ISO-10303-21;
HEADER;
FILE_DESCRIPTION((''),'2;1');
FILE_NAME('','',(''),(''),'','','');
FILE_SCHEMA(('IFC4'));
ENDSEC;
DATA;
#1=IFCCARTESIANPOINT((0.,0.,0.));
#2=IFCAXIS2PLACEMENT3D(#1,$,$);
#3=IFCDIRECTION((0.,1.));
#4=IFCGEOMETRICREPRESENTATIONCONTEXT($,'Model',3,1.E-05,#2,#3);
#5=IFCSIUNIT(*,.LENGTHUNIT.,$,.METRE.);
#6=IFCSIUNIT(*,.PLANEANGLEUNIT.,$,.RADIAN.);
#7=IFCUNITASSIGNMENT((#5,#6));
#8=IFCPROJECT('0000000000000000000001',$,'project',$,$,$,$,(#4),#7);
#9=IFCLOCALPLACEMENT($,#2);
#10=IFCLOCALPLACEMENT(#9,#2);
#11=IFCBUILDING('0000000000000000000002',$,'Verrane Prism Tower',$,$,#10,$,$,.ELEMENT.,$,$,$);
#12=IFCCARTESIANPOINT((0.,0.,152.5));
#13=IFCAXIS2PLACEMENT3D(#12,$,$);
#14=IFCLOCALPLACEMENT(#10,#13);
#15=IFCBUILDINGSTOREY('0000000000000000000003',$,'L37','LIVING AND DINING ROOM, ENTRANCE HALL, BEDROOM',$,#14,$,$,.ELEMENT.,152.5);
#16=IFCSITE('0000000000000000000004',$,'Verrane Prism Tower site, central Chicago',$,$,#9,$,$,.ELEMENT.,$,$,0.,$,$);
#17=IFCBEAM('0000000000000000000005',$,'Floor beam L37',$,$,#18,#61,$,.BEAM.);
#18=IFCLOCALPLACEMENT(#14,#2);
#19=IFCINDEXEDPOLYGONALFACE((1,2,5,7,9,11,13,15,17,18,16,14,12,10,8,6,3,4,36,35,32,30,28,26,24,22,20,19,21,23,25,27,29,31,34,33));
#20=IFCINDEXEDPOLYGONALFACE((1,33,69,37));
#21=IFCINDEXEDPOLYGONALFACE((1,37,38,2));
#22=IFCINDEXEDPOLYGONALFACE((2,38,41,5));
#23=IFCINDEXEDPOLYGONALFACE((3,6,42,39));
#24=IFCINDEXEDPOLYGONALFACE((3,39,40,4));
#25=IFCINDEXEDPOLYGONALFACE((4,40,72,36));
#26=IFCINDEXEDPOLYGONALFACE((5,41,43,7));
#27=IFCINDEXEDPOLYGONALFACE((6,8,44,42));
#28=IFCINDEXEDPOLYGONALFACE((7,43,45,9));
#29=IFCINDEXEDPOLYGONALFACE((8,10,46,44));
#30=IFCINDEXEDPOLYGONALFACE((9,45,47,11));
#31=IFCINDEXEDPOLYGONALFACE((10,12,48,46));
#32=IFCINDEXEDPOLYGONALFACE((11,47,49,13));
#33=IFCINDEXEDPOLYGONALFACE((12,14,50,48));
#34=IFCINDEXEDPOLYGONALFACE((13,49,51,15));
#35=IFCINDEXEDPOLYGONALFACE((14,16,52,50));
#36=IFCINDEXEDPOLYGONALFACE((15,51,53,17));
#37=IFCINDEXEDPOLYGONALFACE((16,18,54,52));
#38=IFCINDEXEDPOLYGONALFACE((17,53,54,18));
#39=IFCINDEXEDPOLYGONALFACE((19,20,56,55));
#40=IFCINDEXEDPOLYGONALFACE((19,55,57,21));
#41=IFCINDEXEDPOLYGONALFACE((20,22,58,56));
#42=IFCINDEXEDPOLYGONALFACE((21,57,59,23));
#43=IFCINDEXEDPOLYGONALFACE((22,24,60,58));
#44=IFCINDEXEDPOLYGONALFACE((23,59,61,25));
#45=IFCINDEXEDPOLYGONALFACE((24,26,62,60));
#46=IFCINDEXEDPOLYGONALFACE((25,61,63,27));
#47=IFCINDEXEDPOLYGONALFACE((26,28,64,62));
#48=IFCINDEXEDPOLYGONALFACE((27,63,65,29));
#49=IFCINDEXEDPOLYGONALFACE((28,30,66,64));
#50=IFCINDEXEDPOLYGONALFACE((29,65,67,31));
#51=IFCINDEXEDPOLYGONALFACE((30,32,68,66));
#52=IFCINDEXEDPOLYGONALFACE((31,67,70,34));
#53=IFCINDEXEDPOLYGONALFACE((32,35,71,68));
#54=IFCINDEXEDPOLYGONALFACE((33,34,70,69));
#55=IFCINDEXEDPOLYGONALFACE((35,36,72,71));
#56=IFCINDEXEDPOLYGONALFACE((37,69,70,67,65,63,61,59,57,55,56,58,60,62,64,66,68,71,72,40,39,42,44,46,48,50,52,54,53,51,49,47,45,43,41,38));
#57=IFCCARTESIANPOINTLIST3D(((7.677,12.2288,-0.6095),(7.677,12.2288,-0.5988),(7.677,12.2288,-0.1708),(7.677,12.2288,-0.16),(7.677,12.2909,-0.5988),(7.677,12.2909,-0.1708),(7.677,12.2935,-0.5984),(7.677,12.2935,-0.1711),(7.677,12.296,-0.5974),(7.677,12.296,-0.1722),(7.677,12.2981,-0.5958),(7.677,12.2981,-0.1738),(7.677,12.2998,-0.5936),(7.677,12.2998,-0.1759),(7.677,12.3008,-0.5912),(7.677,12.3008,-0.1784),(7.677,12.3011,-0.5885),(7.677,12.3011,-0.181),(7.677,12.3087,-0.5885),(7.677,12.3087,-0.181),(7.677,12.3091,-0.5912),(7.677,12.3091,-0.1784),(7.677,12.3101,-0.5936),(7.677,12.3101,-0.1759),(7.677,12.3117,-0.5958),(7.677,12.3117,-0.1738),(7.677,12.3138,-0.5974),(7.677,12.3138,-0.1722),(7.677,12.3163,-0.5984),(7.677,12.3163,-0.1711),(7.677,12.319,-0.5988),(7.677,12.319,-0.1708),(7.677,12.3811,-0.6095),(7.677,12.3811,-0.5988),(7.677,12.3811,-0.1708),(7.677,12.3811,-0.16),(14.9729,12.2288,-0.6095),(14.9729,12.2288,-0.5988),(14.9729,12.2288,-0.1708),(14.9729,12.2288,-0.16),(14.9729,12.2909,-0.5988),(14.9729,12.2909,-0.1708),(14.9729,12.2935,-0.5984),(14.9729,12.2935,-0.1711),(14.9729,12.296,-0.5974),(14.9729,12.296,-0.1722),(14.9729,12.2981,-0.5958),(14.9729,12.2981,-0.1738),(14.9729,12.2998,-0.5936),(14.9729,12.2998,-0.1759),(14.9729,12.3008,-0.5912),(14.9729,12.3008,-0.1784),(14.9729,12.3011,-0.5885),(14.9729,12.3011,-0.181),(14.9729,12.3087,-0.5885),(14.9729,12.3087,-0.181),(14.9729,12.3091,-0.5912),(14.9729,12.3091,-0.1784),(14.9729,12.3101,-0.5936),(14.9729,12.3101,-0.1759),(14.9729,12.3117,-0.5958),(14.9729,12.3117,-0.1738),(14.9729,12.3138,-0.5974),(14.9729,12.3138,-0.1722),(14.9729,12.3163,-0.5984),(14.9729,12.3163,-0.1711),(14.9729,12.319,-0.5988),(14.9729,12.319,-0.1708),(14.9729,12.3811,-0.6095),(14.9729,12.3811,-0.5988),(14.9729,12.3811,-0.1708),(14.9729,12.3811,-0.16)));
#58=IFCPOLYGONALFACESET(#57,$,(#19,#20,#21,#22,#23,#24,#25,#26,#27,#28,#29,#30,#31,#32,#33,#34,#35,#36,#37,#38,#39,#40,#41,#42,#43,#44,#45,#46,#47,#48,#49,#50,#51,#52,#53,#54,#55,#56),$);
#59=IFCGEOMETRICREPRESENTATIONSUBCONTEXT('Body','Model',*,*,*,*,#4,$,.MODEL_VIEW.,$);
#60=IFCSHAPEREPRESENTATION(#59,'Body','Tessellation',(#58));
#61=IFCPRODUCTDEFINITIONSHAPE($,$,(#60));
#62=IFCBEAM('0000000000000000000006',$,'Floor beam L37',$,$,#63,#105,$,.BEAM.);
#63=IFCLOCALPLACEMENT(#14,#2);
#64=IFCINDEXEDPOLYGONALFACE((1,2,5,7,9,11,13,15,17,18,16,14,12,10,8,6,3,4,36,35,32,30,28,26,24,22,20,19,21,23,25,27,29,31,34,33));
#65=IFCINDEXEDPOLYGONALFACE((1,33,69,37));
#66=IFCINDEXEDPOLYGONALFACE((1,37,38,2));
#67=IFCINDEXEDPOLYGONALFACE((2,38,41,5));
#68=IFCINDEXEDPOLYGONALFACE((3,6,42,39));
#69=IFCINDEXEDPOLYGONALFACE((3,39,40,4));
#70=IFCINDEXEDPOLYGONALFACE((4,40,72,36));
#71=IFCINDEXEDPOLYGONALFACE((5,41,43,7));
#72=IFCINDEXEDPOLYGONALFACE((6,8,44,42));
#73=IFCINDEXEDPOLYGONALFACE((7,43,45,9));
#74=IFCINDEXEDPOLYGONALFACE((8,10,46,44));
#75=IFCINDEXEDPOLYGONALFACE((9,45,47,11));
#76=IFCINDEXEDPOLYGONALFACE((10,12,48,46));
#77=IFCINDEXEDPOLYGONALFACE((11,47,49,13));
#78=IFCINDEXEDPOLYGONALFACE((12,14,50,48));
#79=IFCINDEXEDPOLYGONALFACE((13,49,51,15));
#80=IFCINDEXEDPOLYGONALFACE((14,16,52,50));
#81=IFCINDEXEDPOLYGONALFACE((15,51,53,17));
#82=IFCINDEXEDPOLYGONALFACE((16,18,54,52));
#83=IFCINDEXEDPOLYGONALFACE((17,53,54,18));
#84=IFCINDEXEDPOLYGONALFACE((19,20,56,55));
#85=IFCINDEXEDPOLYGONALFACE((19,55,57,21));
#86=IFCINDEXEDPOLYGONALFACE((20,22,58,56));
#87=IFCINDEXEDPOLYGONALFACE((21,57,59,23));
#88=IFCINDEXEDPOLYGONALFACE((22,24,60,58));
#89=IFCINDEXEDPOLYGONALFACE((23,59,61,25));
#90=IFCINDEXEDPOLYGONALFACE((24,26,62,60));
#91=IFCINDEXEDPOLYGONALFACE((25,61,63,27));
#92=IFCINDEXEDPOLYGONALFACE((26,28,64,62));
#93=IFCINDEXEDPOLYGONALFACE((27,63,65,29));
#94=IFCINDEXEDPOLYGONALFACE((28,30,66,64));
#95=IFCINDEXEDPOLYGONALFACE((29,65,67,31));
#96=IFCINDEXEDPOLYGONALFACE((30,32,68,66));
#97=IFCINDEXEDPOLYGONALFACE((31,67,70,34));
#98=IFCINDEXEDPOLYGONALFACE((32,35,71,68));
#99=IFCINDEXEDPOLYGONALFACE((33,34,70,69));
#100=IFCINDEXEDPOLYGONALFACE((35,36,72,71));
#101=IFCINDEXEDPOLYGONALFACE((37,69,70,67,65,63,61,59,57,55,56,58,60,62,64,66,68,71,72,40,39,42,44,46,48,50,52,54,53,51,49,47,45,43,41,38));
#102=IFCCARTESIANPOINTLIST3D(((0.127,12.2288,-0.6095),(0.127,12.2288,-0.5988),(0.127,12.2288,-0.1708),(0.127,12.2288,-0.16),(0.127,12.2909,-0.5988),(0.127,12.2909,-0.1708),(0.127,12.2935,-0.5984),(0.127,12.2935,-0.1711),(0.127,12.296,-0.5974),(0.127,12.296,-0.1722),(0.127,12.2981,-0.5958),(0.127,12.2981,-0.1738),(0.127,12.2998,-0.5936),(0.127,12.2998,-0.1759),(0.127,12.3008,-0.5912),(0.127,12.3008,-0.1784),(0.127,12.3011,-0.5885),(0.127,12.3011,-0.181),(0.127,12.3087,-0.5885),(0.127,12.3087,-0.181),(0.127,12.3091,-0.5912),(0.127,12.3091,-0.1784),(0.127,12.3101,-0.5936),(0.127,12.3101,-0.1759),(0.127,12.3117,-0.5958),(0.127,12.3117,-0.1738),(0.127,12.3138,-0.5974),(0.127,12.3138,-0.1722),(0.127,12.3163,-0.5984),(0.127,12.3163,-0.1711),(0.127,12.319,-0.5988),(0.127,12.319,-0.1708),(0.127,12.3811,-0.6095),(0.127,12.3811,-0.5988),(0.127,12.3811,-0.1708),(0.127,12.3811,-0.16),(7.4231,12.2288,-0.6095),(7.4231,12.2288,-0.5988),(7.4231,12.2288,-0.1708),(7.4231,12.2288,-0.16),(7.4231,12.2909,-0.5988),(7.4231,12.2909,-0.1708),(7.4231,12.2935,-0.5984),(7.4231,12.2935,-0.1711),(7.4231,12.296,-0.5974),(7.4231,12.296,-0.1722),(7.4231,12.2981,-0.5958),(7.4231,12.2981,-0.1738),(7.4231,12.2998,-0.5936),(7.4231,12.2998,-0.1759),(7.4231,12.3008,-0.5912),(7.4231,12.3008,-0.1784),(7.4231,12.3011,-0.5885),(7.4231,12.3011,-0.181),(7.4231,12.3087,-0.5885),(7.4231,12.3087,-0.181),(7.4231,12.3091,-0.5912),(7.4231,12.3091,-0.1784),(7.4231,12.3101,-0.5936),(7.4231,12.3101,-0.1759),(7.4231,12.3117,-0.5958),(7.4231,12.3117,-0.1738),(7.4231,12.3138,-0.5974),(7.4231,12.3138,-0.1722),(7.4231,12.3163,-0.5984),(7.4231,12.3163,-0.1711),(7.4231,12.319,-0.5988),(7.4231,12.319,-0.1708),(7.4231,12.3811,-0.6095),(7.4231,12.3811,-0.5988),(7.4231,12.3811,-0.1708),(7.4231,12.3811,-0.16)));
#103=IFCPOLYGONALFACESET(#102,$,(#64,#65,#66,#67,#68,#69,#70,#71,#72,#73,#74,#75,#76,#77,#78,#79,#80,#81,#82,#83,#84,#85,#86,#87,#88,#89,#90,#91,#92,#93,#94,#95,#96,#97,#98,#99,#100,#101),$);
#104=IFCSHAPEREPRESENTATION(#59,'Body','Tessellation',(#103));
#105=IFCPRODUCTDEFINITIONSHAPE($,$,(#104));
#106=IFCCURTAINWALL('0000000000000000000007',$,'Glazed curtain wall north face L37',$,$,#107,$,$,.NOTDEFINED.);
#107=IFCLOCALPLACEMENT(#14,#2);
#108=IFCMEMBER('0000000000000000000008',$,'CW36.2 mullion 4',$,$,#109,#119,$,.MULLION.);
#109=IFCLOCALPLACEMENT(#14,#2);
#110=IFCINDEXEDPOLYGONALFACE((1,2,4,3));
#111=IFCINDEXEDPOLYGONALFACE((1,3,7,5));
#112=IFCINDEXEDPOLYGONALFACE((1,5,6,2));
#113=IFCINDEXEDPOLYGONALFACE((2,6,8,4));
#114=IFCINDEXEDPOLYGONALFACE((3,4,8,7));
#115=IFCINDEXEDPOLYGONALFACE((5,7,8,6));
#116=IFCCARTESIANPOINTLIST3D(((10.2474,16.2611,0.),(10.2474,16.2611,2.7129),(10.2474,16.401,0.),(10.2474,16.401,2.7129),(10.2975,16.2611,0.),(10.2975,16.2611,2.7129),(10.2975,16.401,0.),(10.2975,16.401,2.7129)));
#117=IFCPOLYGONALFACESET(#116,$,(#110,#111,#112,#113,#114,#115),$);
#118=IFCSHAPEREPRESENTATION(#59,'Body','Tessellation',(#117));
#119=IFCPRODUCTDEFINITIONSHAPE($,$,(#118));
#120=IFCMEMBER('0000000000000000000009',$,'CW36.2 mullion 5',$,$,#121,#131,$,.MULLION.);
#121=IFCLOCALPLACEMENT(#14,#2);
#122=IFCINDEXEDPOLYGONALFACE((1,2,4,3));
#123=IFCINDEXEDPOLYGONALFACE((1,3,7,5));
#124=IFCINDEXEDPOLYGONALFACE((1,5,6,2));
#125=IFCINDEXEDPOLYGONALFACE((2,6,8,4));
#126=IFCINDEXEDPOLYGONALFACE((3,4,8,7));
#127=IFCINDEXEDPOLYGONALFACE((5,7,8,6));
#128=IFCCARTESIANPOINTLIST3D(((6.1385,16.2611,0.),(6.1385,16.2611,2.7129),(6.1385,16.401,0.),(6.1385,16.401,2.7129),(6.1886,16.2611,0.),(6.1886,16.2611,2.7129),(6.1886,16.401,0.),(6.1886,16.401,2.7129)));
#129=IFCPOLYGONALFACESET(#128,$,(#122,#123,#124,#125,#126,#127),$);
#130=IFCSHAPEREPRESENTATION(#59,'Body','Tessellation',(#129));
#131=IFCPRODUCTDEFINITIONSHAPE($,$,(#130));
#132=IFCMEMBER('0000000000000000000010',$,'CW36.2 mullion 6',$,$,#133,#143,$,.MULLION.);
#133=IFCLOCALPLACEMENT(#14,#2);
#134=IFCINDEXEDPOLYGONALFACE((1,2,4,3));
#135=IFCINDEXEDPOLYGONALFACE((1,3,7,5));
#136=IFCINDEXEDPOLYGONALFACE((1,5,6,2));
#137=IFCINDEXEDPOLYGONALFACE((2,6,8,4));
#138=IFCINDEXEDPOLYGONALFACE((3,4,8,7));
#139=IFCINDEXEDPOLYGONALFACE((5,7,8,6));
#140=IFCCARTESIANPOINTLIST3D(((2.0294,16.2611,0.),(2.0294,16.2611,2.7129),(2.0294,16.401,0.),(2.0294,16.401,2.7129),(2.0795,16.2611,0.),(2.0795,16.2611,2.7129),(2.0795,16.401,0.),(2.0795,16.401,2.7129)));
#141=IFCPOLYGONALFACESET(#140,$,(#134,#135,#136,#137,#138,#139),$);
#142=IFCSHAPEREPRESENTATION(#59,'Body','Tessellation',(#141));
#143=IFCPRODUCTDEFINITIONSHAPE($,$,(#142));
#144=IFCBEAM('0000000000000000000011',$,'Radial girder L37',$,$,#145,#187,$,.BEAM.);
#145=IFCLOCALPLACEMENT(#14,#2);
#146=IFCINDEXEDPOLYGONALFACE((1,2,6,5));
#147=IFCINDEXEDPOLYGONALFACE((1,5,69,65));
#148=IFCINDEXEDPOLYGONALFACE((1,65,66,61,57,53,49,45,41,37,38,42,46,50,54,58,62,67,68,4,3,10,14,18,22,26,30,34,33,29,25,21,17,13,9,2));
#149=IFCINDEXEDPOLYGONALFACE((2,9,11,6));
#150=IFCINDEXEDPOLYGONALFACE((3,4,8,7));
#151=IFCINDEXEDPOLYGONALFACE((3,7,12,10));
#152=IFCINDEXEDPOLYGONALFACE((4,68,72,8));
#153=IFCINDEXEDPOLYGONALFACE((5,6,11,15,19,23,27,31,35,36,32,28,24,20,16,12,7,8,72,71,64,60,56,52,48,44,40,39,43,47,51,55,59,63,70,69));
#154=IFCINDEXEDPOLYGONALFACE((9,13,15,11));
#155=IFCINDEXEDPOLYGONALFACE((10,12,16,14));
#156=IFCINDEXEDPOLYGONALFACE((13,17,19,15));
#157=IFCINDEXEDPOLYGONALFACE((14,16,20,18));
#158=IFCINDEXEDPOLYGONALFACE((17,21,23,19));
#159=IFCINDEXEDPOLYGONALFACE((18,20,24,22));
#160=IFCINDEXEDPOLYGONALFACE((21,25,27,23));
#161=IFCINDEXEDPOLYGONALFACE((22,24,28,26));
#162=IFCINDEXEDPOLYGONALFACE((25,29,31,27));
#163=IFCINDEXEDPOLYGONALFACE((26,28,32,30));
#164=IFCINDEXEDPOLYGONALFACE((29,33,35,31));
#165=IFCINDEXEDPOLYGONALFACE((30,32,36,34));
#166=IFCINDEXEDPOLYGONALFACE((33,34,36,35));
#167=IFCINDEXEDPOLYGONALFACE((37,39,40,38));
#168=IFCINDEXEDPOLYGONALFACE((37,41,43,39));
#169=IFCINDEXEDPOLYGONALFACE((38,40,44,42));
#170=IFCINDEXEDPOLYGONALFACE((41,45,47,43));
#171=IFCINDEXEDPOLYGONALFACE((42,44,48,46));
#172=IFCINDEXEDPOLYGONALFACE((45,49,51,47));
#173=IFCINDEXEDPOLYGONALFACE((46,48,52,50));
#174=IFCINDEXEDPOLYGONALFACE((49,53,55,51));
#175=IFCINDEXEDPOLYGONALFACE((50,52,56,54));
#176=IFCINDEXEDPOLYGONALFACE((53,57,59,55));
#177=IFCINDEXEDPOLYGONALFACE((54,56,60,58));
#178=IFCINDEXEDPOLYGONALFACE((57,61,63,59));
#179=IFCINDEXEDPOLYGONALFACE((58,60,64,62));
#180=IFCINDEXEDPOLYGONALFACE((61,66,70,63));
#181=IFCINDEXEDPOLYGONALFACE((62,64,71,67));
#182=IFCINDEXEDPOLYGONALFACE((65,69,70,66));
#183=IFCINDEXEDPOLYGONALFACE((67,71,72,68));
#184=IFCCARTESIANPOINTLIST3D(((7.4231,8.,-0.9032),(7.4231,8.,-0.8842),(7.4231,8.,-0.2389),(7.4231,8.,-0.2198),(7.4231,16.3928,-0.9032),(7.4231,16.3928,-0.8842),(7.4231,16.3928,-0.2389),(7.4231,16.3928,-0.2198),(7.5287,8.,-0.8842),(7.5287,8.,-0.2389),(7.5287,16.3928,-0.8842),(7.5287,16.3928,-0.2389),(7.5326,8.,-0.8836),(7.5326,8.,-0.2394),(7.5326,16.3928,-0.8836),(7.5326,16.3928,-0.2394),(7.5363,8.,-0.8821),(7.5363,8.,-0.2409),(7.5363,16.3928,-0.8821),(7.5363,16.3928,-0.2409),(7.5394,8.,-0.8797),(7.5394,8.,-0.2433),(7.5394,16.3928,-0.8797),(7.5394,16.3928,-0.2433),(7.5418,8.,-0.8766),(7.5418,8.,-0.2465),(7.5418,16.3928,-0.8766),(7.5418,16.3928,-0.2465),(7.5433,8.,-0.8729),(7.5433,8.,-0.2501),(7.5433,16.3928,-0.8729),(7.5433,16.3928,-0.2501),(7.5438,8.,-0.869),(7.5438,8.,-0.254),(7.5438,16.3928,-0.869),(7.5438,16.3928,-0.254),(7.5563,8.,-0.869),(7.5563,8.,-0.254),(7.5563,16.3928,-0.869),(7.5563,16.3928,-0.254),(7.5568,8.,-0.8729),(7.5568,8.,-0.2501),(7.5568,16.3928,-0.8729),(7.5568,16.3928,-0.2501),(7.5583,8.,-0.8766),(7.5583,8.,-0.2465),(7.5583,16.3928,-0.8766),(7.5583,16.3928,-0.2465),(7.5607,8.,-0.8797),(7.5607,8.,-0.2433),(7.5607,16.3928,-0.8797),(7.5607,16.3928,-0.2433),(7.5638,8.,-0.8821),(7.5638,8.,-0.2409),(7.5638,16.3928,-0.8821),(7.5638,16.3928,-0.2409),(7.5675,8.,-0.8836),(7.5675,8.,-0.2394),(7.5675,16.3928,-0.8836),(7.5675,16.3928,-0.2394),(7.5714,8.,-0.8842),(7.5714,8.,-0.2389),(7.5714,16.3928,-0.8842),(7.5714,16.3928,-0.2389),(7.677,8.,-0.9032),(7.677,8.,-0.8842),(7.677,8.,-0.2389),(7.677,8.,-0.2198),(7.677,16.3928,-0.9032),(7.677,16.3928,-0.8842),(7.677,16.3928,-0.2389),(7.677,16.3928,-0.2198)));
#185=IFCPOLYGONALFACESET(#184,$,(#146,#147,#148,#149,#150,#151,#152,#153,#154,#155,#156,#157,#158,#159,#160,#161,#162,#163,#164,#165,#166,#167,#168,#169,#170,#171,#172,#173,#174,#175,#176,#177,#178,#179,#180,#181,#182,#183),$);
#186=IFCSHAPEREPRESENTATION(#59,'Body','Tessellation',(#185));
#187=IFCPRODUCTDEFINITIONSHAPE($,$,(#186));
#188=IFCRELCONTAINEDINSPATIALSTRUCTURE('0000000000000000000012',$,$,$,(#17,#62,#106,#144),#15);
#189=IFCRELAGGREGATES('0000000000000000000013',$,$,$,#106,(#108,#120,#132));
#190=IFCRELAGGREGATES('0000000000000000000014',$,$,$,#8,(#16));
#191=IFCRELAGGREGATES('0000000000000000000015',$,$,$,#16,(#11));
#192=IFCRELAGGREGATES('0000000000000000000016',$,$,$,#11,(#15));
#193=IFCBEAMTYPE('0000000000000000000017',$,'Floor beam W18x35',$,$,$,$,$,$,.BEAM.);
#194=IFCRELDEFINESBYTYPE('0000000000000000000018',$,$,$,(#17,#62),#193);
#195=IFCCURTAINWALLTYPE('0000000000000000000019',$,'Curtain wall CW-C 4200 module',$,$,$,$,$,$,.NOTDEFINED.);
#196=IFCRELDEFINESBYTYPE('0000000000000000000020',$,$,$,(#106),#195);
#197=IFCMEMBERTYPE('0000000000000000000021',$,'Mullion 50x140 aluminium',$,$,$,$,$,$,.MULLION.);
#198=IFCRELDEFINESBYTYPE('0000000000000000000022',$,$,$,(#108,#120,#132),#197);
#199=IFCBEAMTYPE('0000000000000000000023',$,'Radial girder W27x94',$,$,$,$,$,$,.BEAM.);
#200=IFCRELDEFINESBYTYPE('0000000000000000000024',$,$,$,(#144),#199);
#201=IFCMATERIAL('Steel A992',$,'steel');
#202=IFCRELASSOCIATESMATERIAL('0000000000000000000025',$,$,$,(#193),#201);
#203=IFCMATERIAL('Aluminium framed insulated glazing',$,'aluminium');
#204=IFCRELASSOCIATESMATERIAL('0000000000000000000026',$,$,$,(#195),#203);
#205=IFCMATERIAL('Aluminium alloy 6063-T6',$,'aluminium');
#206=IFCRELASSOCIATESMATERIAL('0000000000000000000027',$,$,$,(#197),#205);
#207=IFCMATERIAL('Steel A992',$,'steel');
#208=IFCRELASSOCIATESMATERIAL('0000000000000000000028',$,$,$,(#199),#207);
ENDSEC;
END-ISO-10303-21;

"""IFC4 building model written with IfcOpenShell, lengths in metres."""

from ifc_helpers import new_model, si_unit, direction, frame, origin, origin_2d, place, context, subcontext, project, spatial, rectangle, i_section, extrude, material, material_profile, profile_set, type_object, element, aggregate, save


model = new_model("IFC4")

# Units and contexts
model_context = context("Model", 3, precision=1e-05, world=origin(), true_north=direction((0.0, 1.0)))
body_context = subcontext(model_context, "Body", "Model", "MODEL_VIEW")
ifc_project = project(units=[si_unit("LENGTHUNIT", "METRE"), si_unit("PLANEANGLEUNIT", "RADIAN")], contexts=[model_context])

# Site, building, storey
site_placement = place(None, origin())
site = spatial("IfcSite", under=ifc_project, at=site_placement, Name="Verrane Prism Tower site, central Chicago", CompositionType="ELEMENT", RefElevation=0.0)
building_placement = place(site_placement, origin())
building = spatial("IfcBuilding", under=site, at=building_placement, Name="Verrane Prism Tower", CompositionType="ELEMENT")
storey_placement = place(building_placement, frame((0.0, 0.0, 152.5)))
storey = spatial("IfcBuildingStorey", under=building, at=storey_placement, Name="L37", Description="LIVING AND DINING ROOM, ENTRANCE HALL, BEDROOM", CompositionType="ELEMENT", Elevation=152.5)

# Beams
ifc_material_1 = material(Name="Steel A992", Category="steel")
ifc_material_profile_1 = material_profile(ifc_material_1, i_section(OverallWidth=0.1523, OverallDepth=0.4495, WebThickness=0.0076, FlangeThickness=0.0107, FilletRadius=0.0103, at=origin_2d()), Name="W18x35")
ifc_profile_set_1 = profile_set([ifc_material_profile_1], Name="Steel A992")
beam_type_1 = type_object("IfcBeamType", Name="Floor beam W18x35", PredefinedType="BEAM", material=ifc_profile_set_1)
beam_1_placement = place(storey_placement, frame((7.677, 12.3049, -0.3848), z_axis=(1.0, 0.0, 0.0), x_axis=(0.0, 1.0, 0.0)))
element("IfcBeam", 1, at=beam_1_placement, inside=storey, type_object=beam_type_1, Name="Floor beam L37", PredefinedType="BEAM", context=body_context, shape_type="SweptSolid", body=[
    extrude(i_section(OverallWidth=0.1523, OverallDepth=0.4495, WebThickness=0.0076, FlangeThickness=0.0107, FilletRadius=0.0103, at=origin_2d()), origin(), (0.0, 0.0, 1.0), 7.2959),
])
beam_2_placement = place(storey_placement, frame((0.127, 12.3049, -0.3848), z_axis=(1.0, 0.0, 0.0), x_axis=(0.0, 1.0, 0.0)))
element("IfcBeam", 2, at=beam_2_placement, inside=storey, type_object=beam_type_1, Name="Floor beam L37", PredefinedType="BEAM", context=body_context, shape_type="SweptSolid", body=[
    extrude(i_section(OverallWidth=0.1523, OverallDepth=0.4495, WebThickness=0.0076, FlangeThickness=0.0107, FilletRadius=0.0103, at=origin_2d()), origin(), (0.0, 0.0, 1.0), 7.2961),
])

# Curtain wall, members
ifc_material_2 = material(Name="Aluminium framed insulated glazing", Category="aluminium")
curtain_wall_type = type_object("IfcCurtainWallType", Name="Curtain wall CW-C 4200 module", PredefinedType="NOTDEFINED", material=ifc_material_2)
curtain_wall_placement = place(storey_placement, origin())
curtain_wall = element("IfcCurtainWall", 3, at=curtain_wall_placement, inside=storey, type_object=curtain_wall_type, Name="Glazed curtain wall north face L37", PredefinedType="NOTDEFINED")
ifc_material_3 = material(Name="Aluminium alloy 6063-T6", Category="aluminium")
ifc_material_profile_2 = material_profile(ifc_material_3, rectangle(XDim=0.1399, YDim=0.05, at=origin_2d()), Name="Mullion 50x140 aluminium")
ifc_profile_set_2 = profile_set([ifc_material_profile_2], Name="Aluminium alloy 6063-T6")
member_type_1 = type_object("IfcMemberType", Name="Mullion 50x140 aluminium", PredefinedType="MULLION", material=ifc_profile_set_2)
member_1_placement = place(storey_placement, frame((10.2725, 16.3311, 0.0), z_axis=(0.0, 0.0, 1.0), x_axis=(0.0, -1.0, 0.0)))
member_1 = element("IfcMember", 4, at=member_1_placement, type_object=member_type_1, Name="CW36.2 mullion 4", PredefinedType="MULLION", context=body_context, shape_type="SweptSolid", body=[
    extrude(rectangle(XDim=0.1399, YDim=0.05, at=origin_2d()), origin(), (0.0, 0.0, 1.0), 2.7129),
])
member_2_placement = place(storey_placement, frame((6.1636, 16.3311, 0.0), z_axis=(0.0, 0.0, 1.0), x_axis=(0.0, -1.0, 0.0)))
member_2 = element("IfcMember", 5, at=member_2_placement, type_object=member_type_1, Name="CW36.2 mullion 5", PredefinedType="MULLION", context=body_context, shape_type="SweptSolid", body=[
    extrude(rectangle(XDim=0.1399, YDim=0.05, at=origin_2d()), origin(), (0.0, 0.0, 1.0), 2.7129),
])
member_3_placement = place(storey_placement, frame((2.0544, 16.3311, 0.0), z_axis=(0.0, 0.0, 1.0), x_axis=(0.0, -1.0, 0.0)))
member_3 = element("IfcMember", 6, at=member_3_placement, type_object=member_type_1, Name="CW36.2 mullion 6", PredefinedType="MULLION", context=body_context, shape_type="SweptSolid", body=[
    extrude(rectangle(XDim=0.1399, YDim=0.05, at=origin_2d()), origin(), (0.0, 0.0, 1.0), 2.7129),
])

# Beam
ifc_material_4 = material(Name="Steel A992", Category="steel")
ifc_material_profile_3 = material_profile(ifc_material_4, i_section(OverallWidth=0.2539, OverallDepth=0.6833, WebThickness=0.0125, FlangeThickness=0.019, FilletRadius=0.0151, at=origin_2d()), Name="W27x94")
ifc_profile_set_3 = profile_set([ifc_material_profile_3], Name="Steel A992")
beam_type_2 = type_object("IfcBeamType", Name="Radial girder W27x94", PredefinedType="BEAM", material=ifc_profile_set_3)
beam_3_placement = place(storey_placement, frame((7.55, 16.3928, -0.5615), z_axis=(0.0, -1.0, 0.0), x_axis=(1.0, 0.0, 0.0)))
element("IfcBeam", 7, at=beam_3_placement, inside=storey, type_object=beam_type_2, Name="Radial girder L37", PredefinedType="BEAM", context=body_context, shape_type="SweptSolid", body=[
    extrude(i_section(OverallWidth=0.2539, OverallDepth=0.6833, WebThickness=0.0125, FlangeThickness=0.019, FilletRadius=0.0151, at=origin_2d()), origin(), (0.0, 0.0, 1.0), 8.3928),
])

aggregate(curtain_wall, [member_1, member_2, member_3])

save(model, "model.ifc")
